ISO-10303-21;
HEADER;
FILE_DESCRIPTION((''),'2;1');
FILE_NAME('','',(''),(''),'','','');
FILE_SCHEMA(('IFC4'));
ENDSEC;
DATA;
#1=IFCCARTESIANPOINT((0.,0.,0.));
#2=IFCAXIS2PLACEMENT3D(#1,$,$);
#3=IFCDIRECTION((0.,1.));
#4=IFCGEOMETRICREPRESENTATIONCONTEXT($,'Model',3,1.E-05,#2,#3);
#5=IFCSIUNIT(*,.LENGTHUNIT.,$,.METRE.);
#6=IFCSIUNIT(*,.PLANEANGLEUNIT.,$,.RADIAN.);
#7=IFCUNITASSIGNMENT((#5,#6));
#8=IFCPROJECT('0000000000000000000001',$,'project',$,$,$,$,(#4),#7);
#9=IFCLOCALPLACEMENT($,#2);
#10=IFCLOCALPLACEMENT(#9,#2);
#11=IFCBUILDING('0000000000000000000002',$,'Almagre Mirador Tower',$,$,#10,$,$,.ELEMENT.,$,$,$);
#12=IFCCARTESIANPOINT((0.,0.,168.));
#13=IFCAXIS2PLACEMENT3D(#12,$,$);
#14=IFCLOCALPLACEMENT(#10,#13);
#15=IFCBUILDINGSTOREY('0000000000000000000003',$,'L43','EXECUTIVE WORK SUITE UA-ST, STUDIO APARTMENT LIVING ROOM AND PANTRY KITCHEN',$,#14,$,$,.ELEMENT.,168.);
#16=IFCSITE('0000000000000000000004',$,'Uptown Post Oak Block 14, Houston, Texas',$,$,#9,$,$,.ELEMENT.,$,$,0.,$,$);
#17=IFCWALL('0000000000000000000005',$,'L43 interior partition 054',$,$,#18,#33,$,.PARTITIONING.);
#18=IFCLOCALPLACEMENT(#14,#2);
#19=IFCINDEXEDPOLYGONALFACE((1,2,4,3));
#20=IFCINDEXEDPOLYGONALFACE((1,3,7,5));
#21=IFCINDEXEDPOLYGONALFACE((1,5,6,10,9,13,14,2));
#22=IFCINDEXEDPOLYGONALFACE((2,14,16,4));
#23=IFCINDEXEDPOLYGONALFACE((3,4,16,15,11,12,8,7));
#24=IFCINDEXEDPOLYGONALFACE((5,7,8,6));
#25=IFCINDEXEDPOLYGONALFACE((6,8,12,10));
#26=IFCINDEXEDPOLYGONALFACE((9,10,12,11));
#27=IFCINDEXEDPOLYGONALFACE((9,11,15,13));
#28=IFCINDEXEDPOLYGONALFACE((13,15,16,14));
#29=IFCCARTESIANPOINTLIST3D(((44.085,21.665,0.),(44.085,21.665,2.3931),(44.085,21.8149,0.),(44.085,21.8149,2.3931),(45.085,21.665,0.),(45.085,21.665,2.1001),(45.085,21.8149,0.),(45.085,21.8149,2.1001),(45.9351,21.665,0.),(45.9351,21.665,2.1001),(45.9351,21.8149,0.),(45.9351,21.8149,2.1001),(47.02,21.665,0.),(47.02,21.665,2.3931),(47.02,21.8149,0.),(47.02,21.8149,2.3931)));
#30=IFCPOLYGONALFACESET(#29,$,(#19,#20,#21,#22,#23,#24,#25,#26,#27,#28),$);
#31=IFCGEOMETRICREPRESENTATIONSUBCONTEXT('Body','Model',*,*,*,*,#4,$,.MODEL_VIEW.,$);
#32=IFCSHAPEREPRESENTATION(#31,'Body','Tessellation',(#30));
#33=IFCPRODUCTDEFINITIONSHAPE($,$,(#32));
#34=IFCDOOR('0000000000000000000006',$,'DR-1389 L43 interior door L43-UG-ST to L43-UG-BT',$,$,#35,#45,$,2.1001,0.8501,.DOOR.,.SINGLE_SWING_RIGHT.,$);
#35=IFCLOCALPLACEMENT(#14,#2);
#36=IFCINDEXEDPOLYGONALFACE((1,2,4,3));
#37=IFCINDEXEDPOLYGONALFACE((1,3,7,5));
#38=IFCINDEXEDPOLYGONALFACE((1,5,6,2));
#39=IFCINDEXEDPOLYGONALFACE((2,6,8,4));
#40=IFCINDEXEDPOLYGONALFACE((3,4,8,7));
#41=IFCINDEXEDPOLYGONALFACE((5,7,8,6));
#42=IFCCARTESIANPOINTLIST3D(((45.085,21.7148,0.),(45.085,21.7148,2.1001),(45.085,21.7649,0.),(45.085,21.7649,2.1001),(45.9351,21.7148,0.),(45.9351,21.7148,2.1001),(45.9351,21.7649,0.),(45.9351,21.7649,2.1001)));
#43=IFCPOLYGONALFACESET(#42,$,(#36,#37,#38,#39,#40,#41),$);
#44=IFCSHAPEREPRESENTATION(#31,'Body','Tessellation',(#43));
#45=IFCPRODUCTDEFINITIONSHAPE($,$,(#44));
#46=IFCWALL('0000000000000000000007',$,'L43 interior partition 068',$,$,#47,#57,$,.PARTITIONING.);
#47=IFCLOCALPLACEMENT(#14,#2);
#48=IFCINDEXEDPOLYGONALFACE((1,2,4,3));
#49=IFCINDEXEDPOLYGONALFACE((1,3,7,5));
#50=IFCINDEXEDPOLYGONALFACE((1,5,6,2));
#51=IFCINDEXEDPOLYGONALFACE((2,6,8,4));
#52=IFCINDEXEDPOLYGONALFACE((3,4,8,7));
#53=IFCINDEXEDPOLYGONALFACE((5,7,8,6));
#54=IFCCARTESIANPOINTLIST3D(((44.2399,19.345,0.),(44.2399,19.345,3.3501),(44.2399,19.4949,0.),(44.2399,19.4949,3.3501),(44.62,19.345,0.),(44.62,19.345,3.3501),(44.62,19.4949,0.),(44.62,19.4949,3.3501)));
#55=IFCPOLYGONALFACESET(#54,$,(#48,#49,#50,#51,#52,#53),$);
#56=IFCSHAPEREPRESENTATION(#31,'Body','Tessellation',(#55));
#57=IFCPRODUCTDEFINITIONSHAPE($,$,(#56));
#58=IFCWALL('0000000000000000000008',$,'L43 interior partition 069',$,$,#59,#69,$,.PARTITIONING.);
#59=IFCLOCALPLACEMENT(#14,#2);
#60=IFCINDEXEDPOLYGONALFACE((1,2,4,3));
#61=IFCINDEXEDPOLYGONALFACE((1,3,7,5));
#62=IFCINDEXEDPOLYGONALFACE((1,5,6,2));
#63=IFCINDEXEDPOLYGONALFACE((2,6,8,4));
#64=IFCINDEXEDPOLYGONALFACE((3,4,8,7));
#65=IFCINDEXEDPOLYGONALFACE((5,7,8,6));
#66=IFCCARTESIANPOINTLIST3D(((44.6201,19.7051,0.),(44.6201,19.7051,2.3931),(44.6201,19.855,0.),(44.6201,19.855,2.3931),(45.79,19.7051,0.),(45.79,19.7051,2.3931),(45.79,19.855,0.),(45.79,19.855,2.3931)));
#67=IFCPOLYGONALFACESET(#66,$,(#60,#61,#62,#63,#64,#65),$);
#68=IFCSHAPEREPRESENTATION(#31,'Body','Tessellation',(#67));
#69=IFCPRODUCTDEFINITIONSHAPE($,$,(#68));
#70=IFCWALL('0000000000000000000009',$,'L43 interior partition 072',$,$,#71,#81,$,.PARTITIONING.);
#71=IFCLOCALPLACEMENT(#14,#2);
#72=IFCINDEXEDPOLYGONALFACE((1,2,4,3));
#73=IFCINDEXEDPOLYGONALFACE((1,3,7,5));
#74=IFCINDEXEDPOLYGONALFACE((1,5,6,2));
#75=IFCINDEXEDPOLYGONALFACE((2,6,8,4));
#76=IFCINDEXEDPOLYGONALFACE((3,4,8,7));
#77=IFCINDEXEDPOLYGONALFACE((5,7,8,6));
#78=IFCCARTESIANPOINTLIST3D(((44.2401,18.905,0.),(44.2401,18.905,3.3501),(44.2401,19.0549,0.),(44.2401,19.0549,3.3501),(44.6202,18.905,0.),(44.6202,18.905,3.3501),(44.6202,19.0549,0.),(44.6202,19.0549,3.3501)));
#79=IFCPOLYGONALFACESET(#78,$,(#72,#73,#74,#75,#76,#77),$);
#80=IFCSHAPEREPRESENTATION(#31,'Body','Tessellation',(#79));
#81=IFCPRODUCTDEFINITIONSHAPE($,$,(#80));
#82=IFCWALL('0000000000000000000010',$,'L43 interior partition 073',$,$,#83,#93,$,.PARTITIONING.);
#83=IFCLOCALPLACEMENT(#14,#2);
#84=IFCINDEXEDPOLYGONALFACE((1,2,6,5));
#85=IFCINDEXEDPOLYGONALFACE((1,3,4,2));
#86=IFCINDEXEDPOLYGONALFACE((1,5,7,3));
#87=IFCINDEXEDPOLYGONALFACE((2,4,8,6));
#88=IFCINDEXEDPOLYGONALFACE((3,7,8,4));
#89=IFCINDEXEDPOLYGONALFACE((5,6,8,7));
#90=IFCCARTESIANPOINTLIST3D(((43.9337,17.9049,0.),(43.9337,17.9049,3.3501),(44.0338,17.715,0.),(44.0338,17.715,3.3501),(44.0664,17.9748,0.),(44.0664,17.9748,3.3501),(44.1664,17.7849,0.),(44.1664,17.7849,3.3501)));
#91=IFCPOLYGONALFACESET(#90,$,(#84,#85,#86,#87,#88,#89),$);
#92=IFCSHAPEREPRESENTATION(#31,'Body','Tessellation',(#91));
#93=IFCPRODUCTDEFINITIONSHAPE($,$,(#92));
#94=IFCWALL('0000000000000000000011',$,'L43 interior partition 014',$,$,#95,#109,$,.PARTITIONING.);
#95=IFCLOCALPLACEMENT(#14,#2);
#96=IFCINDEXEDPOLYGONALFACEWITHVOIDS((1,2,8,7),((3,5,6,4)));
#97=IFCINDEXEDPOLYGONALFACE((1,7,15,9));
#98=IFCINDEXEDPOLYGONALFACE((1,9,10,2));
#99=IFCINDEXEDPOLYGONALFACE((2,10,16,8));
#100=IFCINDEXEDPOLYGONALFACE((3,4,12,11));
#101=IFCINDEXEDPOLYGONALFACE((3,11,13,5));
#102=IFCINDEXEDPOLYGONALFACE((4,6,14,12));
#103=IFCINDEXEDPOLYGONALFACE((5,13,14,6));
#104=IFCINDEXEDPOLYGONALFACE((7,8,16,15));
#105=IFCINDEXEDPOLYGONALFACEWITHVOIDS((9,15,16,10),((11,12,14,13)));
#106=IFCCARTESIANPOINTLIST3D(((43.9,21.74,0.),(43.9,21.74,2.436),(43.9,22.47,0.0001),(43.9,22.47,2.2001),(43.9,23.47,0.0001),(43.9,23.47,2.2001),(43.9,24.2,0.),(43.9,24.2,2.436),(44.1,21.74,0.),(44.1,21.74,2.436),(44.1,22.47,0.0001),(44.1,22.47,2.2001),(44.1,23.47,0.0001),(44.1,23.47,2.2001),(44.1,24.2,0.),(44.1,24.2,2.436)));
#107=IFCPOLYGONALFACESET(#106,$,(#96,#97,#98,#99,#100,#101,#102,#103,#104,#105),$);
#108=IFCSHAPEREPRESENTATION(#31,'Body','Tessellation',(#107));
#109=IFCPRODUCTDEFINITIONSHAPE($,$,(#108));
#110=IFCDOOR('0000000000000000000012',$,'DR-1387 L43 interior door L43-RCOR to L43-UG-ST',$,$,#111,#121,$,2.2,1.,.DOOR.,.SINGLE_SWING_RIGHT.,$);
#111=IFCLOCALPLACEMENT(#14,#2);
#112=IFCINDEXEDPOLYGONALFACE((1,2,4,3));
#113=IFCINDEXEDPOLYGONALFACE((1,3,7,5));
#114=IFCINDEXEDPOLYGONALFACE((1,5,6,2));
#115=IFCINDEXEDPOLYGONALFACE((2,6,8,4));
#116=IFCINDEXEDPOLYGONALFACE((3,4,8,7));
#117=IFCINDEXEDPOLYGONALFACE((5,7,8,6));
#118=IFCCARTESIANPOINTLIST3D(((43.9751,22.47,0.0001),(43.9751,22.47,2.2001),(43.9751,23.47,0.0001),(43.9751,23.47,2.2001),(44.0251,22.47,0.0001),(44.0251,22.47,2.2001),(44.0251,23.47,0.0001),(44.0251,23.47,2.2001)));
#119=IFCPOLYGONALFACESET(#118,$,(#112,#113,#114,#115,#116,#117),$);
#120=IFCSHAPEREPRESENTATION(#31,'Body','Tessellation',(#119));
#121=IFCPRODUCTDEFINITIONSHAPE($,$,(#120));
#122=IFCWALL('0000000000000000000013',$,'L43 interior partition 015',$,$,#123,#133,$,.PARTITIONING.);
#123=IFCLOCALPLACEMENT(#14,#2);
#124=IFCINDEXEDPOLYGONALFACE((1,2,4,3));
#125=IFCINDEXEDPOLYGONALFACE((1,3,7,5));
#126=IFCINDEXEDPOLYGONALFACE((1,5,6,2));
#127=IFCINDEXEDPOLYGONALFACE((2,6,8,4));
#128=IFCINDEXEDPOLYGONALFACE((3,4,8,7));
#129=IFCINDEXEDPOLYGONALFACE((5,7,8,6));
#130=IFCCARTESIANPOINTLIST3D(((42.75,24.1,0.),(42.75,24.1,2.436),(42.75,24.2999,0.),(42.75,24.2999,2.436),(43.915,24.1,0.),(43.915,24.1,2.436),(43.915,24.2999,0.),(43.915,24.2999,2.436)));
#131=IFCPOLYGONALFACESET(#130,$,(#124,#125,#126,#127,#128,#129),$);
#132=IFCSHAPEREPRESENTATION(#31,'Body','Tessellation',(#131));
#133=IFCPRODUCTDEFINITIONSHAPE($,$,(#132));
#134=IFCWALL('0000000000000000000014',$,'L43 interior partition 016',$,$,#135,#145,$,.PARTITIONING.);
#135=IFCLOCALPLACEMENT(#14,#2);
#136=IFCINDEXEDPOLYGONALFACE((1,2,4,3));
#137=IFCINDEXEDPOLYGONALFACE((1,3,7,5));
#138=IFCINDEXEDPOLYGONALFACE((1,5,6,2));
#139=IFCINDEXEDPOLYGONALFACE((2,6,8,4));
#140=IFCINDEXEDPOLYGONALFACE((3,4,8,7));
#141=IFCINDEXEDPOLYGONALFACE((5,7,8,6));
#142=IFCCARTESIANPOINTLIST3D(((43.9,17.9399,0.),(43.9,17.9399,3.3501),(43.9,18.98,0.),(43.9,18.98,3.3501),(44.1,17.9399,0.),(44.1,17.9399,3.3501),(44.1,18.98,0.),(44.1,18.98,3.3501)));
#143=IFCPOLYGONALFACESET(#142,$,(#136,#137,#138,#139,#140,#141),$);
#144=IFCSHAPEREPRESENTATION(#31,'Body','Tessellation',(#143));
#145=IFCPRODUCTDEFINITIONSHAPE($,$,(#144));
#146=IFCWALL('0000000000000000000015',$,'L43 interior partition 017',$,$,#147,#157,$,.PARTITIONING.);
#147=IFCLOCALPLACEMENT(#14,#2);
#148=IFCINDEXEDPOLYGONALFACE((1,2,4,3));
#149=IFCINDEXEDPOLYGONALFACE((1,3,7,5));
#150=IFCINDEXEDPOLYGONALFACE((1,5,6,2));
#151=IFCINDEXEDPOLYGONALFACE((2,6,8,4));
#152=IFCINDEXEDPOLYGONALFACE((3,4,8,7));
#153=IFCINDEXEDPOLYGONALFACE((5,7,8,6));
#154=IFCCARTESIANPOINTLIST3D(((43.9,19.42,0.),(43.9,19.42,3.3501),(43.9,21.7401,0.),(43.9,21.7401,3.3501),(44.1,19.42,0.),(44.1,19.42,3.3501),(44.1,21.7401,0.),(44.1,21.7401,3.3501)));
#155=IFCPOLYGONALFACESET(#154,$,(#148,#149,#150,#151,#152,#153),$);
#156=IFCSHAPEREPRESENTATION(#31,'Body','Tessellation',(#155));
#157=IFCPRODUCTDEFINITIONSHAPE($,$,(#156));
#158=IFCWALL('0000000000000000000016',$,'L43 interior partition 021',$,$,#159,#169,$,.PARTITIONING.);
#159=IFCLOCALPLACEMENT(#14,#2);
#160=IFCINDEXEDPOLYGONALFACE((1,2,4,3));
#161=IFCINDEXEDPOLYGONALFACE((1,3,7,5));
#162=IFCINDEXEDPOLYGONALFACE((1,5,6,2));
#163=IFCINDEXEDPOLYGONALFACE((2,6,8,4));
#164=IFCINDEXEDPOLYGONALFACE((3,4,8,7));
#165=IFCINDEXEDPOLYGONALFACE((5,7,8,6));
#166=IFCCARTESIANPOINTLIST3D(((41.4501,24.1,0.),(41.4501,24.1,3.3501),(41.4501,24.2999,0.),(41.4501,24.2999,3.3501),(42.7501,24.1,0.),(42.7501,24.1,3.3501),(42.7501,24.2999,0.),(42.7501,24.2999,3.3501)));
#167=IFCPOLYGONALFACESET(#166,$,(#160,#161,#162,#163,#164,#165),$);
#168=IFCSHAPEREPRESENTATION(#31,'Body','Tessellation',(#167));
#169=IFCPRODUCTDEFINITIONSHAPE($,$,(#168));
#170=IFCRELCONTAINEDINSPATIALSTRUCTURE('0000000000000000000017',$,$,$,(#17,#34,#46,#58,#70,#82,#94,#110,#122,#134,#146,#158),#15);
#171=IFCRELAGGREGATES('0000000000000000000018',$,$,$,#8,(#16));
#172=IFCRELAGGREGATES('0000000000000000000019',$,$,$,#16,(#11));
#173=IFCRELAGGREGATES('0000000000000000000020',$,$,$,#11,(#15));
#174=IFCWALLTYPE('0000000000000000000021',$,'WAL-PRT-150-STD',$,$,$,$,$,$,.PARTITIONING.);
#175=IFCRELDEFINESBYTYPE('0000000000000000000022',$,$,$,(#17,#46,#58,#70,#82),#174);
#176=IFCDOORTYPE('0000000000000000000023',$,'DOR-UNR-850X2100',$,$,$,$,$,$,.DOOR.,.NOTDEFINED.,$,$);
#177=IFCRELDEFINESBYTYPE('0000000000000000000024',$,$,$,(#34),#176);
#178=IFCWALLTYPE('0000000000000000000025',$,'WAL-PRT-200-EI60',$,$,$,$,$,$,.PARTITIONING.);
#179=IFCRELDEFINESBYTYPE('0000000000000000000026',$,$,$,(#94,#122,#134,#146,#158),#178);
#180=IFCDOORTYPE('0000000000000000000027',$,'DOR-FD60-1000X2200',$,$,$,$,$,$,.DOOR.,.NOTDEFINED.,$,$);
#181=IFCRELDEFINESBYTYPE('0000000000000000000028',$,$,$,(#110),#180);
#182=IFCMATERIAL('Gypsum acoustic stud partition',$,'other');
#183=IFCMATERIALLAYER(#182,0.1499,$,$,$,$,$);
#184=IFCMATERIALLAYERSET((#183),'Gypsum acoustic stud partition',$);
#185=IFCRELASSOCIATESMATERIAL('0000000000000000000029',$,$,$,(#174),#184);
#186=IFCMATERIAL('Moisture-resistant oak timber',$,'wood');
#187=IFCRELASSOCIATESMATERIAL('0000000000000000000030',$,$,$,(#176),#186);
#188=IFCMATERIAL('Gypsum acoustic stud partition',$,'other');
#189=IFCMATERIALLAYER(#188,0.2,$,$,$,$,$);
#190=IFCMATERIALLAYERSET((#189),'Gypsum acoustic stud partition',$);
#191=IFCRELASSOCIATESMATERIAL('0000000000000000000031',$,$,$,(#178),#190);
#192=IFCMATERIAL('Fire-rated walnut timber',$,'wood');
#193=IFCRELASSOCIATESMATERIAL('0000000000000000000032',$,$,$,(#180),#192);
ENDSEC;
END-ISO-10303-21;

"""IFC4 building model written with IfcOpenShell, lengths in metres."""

from ifc_helpers import new_model, si_unit, direction, frame, frame_2d, origin, place, context, subcontext, project, spatial, rectangle, extrude, material, layer, layer_set, type_object, element, fill, save


model = new_model("IFC4")

# Units and contexts
model_context = context("Model", 3, precision=1e-05, world=origin(), true_north=direction((0.0, 1.0)))
body_context = subcontext(model_context, "Body", "Model", "MODEL_VIEW")
ifc_project = project(units=[si_unit("LENGTHUNIT", "METRE"), si_unit("PLANEANGLEUNIT", "RADIAN")], contexts=[model_context])

# Site, building, storey
site_placement = place(None, origin())
site = spatial("IfcSite", under=ifc_project, at=site_placement, Name="Uptown Post Oak Block 14, Houston, Texas", CompositionType="ELEMENT", RefElevation=0.0)
building_placement = place(site_placement, origin())
building = spatial("IfcBuilding", under=site, at=building_placement, Name="Almagre Mirador Tower", CompositionType="ELEMENT")
storey_placement = place(building_placement, frame((0.0, 0.0, 168.0)))
storey = spatial("IfcBuildingStorey", under=building, at=storey_placement, Name="L43", Description="EXECUTIVE WORK SUITE UA-ST, STUDIO APARTMENT LIVING ROOM AND PANTRY KITCHEN", CompositionType="ELEMENT", Elevation=168.0)

# Wall, opening, door
ifc_material_1 = material(Name="Gypsum acoustic stud partition", Category="other")
ifc_layer_1 = layer(ifc_material_1, 0.1499)
ifc_layer_set_1 = layer_set([ifc_layer_1], Name="Gypsum acoustic stud partition")
wall_type_1 = type_object("IfcWallType", Name="WAL-PRT-150-STD", PredefinedType="PARTITIONING", material=ifc_layer_set_1)
wall_1_placement = place(storey_placement, frame((44.085, 21.74, 0.0), z_axis=(0.0, 0.0, 1.0), x_axis=(1.0, 0.0, 0.0)))
wall_1 = element("IfcWall", 1, at=wall_1_placement, inside=storey, type_object=wall_type_1, Name="L43 interior partition 054", PredefinedType="PARTITIONING", context=body_context, shape_type="SweptSolid", body=[
    extrude(rectangle(XDim=2.9351, YDim=0.1499, at=frame_2d((1.4675, 0.0))), origin(), (0.0, 0.0, 1.0), 2.3931),
])
opening_1_placement = place(wall_1_placement, frame((1.0, 0.0, 0.0)))
opening_1 = element("IfcOpeningElement", 2, at=opening_1_placement, cuts=wall_1, PredefinedType="OPENING", context=body_context, shape_type="SweptSolid", body=[
    extrude(rectangle(XDim=0.8501, YDim=2.1001, at=frame_2d((0.425, 1.05))), frame((0.0, 0.085, 0.0), z_axis=(0.0, -1.0, 0.0), x_axis=(1.0, 0.0, 0.0)), (0.0, 0.0, 1.0), 0.1699),
])
ifc_material_2 = material(Name="Moisture-resistant oak timber", Category="wood")
door_type_1 = type_object("IfcDoorType", Name="DOR-UNR-850X2100", OperationType="NOTDEFINED", PredefinedType="DOOR", material=ifc_material_2)
door_1_placement = place(opening_1_placement, origin())
door_1 = element("IfcDoor", 3, at=door_1_placement, inside=storey, type_object=door_type_1, Name="DR-1389 L43 interior door L43-UG-ST to L43-UG-BT", OperationType="SINGLE_SWING_RIGHT", OverallHeight=2.1001, OverallWidth=0.8501, PredefinedType="DOOR", context=body_context, shape_type="SweptSolid", body=[
    extrude(rectangle(XDim=0.8501, YDim=2.1001, at=frame_2d((0.425, 1.05))), frame((0.0, 0.0249, 0.0), z_axis=(0.0, -1.0, 0.0), x_axis=(1.0, 0.0, 0.0)), (0.0, 0.0, 1.0), 0.05),
])
fill(opening_1, door_1)

# Walls
wall_2_placement = place(storey_placement, frame((44.24, 19.4199, 0.0), z_axis=(0.0, 0.0, 1.0), x_axis=(1.0, 0.0, 0.0)))
element("IfcWall", 4, at=wall_2_placement, inside=storey, type_object=wall_type_1, Name="L43 interior partition 068", PredefinedType="PARTITIONING", context=body_context, shape_type="SweptSolid", body=[
    extrude(rectangle(XDim=0.3801, YDim=0.1499, at=frame_2d((0.1899, 0.0))), origin(), (0.0, 0.0, 1.0), 3.3501),
])
wall_3_placement = place(storey_placement, frame((44.6201, 19.78, 0.0), z_axis=(0.0, 0.0, 1.0), x_axis=(1.0, 0.0, 0.0)))
element("IfcWall", 5, at=wall_3_placement, inside=storey, type_object=wall_type_1, Name="L43 interior partition 069", PredefinedType="PARTITIONING", context=body_context, shape_type="SweptSolid", body=[
    extrude(rectangle(XDim=1.1699, YDim=0.1499, at=frame_2d((0.585, 0.0))), origin(), (0.0, 0.0, 1.0), 2.3931),
])
wall_4_placement = place(storey_placement, frame((44.6201, 18.98, 0.0), z_axis=(0.0, 0.0, 1.0), x_axis=(-1.0, 0.0, 0.0)))
element("IfcWall", 6, at=wall_4_placement, inside=storey, type_object=wall_type_1, Name="L43 interior partition 072", PredefinedType="PARTITIONING", context=body_context, shape_type="SweptSolid", body=[
    extrude(rectangle(XDim=0.3801, YDim=0.1499, at=frame_2d((0.1899, 0.0))), origin(), (0.0, 0.0, 1.0), 3.3501),
])
wall_5_placement = place(storey_placement, frame((44.0, 17.9399, 0.0), z_axis=(0.0, 0.0, 1.0), x_axis=(0.466215, -0.884671, 0.0)))
element("IfcWall", 7, at=wall_5_placement, inside=storey, type_object=wall_type_1, Name="L43 interior partition 073", PredefinedType="PARTITIONING", context=body_context, shape_type="SweptSolid", body=[
    extrude(rectangle(XDim=0.2146, YDim=0.1499, at=frame_2d((0.1074, 0.0))), origin(), (0.0, 0.0, 1.0), 3.3501),
])

# Wall, opening, door
ifc_material_3 = material(Name="Gypsum acoustic stud partition", Category="other")
ifc_layer_2 = layer(ifc_material_3, 0.2)
ifc_layer_set_2 = layer_set([ifc_layer_2], Name="Gypsum acoustic stud partition")
wall_type_2 = type_object("IfcWallType", Name="WAL-PRT-200-EI60", PredefinedType="PARTITIONING", material=ifc_layer_set_2)
wall_6_placement = place(storey_placement, frame((44.0, 21.74, 0.0), z_axis=(0.0, 0.0, 1.0), x_axis=(0.0, 1.0, 0.0)))
wall_6 = element("IfcWall", 8, at=wall_6_placement, inside=storey, type_object=wall_type_2, Name="L43 interior partition 014", PredefinedType="PARTITIONING", context=body_context, shape_type="SweptSolid", body=[
    extrude(rectangle(XDim=2.46, YDim=0.2, at=frame_2d((1.23, 0.0))), origin(), (0.0, 0.0, 1.0), 2.436),
])
opening_2_placement = place(wall_6_placement, frame((0.73, 0.0, 0.0)))
opening_2 = element("IfcOpeningElement", 9, at=opening_2_placement, cuts=wall_6, PredefinedType="OPENING", context=body_context, shape_type="SweptSolid", body=[
    extrude(rectangle(XDim=1.0, YDim=2.2, at=frame_2d((0.5, 1.1001))), frame((0.0, 0.1101, 0.0), z_axis=(0.0, -1.0, 0.0), x_axis=(1.0, 0.0, 0.0)), (0.0, 0.0, 1.0), 0.22),
])
ifc_material_4 = material(Name="Fire-rated walnut timber", Category="wood")
door_type_2 = type_object("IfcDoorType", Name="DOR-FD60-1000X2200", OperationType="NOTDEFINED", PredefinedType="DOOR", material=ifc_material_4)
door_2_placement = place(opening_2_placement, origin())
door_2 = element("IfcDoor", 10, at=door_2_placement, inside=storey, type_object=door_type_2, Name="DR-1387 L43 interior door L43-RCOR to L43-UG-ST", OperationType="SINGLE_SWING_RIGHT", OverallHeight=2.2, OverallWidth=1.0, PredefinedType="DOOR", context=body_context, shape_type="SweptSolid", body=[
    extrude(rectangle(XDim=1.0, YDim=2.2, at=frame_2d((0.5, 1.1001))), frame((0.0, 0.0249, 0.0), z_axis=(0.0, -1.0, 0.0), x_axis=(1.0, 0.0, 0.0)), (0.0, 0.0, 1.0), 0.05),
])
fill(opening_2, door_2)

# Walls
wall_7_placement = place(storey_placement, frame((43.915, 24.2, 0.0), z_axis=(0.0, 0.0, 1.0), x_axis=(-1.0, 0.0, 0.0)))
element("IfcWall", 11, at=wall_7_placement, inside=storey, type_object=wall_type_2, Name="L43 interior partition 015", PredefinedType="PARTITIONING", context=body_context, shape_type="SweptSolid", body=[
    extrude(rectangle(XDim=1.165, YDim=0.2, at=frame_2d((0.5825, 0.0))), origin(), (0.0, 0.0, 1.0), 2.436),
])
wall_8_placement = place(storey_placement, frame((44.0, 17.9399, 0.0), z_axis=(0.0, 0.0, 1.0), x_axis=(0.0, 1.0, 0.0)))
element("IfcWall", 12, at=wall_8_placement, inside=storey, type_object=wall_type_2, Name="L43 interior partition 016", PredefinedType="PARTITIONING", context=body_context, shape_type="SweptSolid", body=[
    extrude(rectangle(XDim=1.04, YDim=0.2, at=frame_2d((0.52, 0.0))), origin(), (0.0, 0.0, 1.0), 3.3501),
])
wall_9_placement = place(storey_placement, frame((44.0, 19.4199, 0.0), z_axis=(0.0, 0.0, 1.0), x_axis=(0.0, 1.0, 0.0)))
element("IfcWall", 13, at=wall_9_placement, inside=storey, type_object=wall_type_2, Name="L43 interior partition 017", PredefinedType="PARTITIONING", context=body_context, shape_type="SweptSolid", body=[
    extrude(rectangle(XDim=2.3201, YDim=0.2, at=frame_2d((1.1602, 0.0))), origin(), (0.0, 0.0, 1.0), 3.3501),
])
wall_10_placement = place(storey_placement, frame((42.75, 24.2, 0.0), z_axis=(0.0, 0.0, 1.0), x_axis=(-1.0, 0.0, 0.0)))
element("IfcWall", 14, at=wall_10_placement, inside=storey, type_object=wall_type_2, Name="L43 interior partition 021", PredefinedType="PARTITIONING", context=body_context, shape_type="SweptSolid", body=[
    extrude(rectangle(XDim=1.3, YDim=0.2, at=frame_2d((0.6499, 0.0))), origin(), (0.0, 0.0, 1.0), 3.3501),
])

save(model, "model.ifc")
